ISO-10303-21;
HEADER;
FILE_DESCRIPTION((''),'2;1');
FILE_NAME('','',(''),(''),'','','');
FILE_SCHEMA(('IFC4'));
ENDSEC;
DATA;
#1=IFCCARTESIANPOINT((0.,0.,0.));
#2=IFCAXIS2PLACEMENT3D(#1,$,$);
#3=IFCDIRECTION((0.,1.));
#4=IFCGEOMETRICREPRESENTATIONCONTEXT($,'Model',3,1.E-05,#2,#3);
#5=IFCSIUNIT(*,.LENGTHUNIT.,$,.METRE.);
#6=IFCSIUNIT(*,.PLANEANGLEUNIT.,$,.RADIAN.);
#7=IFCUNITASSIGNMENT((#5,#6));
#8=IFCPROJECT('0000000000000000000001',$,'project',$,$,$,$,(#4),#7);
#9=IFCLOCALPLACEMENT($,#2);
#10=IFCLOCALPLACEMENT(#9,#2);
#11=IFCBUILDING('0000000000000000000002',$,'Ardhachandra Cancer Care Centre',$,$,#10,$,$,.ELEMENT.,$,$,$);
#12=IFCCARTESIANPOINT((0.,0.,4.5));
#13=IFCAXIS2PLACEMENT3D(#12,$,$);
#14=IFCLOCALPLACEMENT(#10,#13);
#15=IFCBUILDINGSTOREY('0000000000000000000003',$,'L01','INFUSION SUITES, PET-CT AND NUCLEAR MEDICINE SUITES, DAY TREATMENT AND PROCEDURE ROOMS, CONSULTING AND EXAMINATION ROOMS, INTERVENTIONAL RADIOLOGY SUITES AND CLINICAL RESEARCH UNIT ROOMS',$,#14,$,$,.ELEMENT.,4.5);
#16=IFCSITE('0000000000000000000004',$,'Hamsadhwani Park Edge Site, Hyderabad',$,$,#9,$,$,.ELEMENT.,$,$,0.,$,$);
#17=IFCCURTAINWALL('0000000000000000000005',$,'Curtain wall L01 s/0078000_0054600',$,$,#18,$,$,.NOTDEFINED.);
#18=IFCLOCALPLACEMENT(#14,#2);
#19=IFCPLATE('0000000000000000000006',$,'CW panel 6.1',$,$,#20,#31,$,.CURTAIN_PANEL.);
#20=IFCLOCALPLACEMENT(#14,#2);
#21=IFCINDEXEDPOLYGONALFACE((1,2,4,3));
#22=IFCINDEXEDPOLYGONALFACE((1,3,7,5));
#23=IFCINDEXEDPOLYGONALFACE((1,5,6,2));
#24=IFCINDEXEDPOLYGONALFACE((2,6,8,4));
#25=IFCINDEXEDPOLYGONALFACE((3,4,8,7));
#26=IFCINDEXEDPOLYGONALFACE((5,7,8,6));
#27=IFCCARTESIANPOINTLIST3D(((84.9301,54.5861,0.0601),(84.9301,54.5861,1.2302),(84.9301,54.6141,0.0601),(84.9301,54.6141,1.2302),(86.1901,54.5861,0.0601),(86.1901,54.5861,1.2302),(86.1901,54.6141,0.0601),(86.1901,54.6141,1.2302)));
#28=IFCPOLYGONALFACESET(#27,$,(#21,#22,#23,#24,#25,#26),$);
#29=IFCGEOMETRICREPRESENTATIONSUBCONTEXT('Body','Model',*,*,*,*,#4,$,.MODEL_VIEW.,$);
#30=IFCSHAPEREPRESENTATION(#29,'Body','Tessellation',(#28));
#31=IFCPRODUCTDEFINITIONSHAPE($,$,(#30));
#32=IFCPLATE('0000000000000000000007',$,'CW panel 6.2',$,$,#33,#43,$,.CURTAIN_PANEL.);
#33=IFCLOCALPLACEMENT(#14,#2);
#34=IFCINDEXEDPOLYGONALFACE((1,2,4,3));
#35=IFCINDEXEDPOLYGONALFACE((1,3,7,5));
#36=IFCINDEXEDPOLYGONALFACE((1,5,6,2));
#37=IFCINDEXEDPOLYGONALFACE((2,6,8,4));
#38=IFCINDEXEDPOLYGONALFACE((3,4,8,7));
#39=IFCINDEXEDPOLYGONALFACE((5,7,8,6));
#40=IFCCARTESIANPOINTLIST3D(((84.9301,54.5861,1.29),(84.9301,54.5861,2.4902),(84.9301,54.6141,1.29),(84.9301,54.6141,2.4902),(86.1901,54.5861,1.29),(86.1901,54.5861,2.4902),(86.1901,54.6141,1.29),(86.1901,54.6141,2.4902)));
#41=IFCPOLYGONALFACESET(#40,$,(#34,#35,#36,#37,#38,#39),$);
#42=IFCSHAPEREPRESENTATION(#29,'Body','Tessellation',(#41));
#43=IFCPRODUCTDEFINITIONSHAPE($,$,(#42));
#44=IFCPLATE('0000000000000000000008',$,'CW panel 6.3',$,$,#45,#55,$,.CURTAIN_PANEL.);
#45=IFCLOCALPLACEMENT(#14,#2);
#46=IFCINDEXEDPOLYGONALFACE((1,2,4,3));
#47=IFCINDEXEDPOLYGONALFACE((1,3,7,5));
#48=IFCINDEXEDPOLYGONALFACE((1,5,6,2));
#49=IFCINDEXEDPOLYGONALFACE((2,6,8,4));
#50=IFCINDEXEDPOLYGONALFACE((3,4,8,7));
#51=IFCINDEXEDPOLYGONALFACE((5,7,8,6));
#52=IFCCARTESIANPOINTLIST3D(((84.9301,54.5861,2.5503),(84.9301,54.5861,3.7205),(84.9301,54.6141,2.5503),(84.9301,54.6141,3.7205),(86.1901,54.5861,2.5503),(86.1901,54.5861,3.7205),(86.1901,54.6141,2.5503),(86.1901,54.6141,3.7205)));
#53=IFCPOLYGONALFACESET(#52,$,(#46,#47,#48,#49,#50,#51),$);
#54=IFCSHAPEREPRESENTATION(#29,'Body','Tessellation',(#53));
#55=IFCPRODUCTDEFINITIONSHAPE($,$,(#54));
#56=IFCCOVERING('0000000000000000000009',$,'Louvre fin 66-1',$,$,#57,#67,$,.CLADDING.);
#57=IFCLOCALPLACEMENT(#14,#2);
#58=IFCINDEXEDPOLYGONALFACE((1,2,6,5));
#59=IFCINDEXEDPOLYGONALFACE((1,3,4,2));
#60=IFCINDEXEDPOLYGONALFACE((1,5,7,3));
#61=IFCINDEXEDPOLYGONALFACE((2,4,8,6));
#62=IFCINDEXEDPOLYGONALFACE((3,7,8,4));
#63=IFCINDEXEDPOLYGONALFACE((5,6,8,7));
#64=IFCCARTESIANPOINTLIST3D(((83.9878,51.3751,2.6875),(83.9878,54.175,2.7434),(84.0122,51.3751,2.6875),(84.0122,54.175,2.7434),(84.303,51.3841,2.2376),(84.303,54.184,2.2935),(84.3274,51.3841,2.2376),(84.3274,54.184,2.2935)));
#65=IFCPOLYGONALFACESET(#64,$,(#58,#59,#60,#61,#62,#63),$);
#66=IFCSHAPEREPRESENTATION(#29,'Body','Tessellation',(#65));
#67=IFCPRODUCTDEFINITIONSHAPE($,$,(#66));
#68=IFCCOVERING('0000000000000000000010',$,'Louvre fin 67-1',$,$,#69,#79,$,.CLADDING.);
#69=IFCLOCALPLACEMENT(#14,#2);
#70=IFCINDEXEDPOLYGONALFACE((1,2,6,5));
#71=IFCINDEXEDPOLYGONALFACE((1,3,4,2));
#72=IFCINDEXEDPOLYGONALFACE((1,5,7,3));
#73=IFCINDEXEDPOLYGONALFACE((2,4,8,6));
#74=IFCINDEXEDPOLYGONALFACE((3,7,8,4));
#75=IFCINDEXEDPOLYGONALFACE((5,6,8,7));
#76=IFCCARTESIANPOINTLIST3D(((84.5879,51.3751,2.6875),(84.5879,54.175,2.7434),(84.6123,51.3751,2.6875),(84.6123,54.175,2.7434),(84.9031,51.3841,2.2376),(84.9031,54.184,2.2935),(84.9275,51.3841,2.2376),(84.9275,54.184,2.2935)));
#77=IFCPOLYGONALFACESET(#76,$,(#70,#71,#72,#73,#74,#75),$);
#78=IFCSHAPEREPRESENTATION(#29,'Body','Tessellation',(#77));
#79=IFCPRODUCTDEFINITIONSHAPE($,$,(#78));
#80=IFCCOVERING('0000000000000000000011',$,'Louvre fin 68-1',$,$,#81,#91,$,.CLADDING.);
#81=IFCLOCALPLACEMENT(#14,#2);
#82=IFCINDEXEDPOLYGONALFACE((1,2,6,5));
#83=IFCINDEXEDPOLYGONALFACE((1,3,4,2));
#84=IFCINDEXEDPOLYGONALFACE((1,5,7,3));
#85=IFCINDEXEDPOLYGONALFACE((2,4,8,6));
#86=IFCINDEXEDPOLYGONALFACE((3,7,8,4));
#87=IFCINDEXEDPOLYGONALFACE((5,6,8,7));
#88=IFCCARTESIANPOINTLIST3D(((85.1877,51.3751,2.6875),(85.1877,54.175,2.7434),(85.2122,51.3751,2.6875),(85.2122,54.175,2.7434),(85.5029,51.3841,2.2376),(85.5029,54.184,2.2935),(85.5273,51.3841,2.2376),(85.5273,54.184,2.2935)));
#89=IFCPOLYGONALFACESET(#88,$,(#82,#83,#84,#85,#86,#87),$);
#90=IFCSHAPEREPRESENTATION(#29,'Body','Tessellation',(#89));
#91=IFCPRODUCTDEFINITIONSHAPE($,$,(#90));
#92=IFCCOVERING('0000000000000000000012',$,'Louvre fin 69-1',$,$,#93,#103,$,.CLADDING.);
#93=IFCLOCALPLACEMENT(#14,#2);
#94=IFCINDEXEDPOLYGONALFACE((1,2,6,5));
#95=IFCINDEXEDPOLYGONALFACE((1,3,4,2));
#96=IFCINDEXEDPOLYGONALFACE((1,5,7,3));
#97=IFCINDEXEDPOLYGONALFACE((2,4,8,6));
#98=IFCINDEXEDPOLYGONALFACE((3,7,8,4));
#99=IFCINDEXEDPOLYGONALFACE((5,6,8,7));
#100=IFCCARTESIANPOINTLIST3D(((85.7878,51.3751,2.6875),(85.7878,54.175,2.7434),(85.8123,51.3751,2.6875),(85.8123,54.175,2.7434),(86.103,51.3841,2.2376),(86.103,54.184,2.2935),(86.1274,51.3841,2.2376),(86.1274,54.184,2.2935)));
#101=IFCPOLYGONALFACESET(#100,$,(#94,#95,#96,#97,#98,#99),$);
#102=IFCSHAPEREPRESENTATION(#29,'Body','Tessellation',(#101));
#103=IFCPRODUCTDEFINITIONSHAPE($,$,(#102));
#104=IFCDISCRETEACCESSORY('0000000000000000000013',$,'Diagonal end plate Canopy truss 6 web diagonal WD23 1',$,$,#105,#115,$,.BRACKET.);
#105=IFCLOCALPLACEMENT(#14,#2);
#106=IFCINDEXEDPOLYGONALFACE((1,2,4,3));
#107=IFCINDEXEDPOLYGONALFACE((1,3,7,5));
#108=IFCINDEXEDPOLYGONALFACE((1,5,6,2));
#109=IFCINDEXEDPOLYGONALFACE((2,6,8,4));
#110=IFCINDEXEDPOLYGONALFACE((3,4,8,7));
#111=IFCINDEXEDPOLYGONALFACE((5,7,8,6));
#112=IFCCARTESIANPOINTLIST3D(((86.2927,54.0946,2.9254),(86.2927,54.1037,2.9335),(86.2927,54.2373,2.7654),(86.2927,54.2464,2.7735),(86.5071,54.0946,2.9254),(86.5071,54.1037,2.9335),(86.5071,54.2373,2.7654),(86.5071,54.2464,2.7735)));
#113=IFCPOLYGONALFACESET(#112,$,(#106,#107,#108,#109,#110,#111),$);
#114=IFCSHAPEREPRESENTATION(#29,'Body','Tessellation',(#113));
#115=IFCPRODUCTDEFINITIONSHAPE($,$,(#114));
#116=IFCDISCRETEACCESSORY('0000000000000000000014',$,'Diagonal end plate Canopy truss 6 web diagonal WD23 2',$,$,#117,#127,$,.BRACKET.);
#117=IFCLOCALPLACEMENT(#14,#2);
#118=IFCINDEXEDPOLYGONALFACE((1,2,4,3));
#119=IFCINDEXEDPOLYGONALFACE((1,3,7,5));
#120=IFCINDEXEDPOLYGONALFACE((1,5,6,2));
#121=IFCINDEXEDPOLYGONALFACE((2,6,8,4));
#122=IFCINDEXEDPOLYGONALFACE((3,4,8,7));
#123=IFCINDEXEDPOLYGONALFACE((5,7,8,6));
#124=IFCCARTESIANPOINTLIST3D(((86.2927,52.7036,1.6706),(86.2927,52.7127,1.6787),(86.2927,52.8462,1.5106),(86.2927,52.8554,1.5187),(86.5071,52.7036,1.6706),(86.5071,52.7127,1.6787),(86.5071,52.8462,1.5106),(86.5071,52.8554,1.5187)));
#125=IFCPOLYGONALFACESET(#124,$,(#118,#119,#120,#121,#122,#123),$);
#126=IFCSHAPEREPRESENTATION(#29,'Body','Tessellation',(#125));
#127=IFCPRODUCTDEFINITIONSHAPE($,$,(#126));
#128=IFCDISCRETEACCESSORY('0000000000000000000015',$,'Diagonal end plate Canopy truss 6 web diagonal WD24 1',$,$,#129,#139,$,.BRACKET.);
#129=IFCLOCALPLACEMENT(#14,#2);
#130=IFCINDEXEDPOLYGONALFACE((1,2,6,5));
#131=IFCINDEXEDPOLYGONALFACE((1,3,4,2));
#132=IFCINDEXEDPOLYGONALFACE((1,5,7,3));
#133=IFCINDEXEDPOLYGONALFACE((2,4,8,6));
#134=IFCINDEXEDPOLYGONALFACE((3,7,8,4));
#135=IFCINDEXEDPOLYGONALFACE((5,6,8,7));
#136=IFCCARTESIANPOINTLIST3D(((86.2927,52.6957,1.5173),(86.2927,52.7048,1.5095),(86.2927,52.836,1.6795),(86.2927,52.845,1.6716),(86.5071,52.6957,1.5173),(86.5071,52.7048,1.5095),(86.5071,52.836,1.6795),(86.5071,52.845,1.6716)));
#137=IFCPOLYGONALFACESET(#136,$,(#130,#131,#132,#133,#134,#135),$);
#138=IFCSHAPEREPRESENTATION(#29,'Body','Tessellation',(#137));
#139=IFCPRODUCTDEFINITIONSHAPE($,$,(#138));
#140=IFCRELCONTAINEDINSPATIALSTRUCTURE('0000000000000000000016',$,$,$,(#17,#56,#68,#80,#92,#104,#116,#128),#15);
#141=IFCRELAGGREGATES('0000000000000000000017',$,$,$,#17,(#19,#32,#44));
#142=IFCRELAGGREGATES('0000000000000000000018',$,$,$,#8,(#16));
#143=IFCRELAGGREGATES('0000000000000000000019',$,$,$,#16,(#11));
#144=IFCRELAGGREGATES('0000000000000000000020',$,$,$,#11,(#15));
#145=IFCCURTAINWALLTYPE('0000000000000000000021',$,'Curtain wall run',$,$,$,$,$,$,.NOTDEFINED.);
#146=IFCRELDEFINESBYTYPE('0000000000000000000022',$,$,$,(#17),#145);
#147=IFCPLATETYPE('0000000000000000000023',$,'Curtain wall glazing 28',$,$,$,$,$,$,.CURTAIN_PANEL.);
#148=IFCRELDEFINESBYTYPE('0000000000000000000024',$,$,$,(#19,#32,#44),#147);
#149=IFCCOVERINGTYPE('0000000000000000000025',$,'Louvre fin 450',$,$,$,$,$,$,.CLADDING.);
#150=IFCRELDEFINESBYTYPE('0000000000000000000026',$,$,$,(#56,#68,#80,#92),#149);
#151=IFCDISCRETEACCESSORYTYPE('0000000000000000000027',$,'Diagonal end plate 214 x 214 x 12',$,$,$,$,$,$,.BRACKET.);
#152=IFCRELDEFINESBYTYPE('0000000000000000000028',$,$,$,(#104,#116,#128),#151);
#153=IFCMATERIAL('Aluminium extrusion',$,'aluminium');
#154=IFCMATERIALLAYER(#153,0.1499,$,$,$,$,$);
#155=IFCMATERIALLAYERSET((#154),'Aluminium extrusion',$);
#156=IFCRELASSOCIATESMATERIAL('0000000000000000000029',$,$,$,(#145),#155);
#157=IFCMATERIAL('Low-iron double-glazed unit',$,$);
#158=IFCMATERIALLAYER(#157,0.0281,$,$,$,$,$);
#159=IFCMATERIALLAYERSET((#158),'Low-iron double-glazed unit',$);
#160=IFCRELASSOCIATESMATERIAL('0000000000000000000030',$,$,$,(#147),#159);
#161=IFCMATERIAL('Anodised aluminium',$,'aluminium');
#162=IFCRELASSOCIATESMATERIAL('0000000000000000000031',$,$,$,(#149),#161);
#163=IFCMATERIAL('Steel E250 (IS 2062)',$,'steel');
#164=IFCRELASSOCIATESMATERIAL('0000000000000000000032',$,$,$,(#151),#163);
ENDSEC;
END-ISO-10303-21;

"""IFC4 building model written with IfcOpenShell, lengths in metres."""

from ifc_helpers import new_model, si_unit, direction, frame, origin, origin_2d, place, context, subcontext, project, spatial, polyline, rectangle, outline, extrude, material, layer, layer_set, material_profile, profile_set, type_object, element, aggregate, save


model = new_model("IFC4")

# Units and contexts
model_context = context("Model", 3, precision=1e-05, world=origin(), true_north=direction((0.0, 1.0)))
body_context = subcontext(model_context, "Body", "Model", "MODEL_VIEW")
ifc_project = project(units=[si_unit("LENGTHUNIT", "METRE"), si_unit("PLANEANGLEUNIT", "RADIAN")], contexts=[model_context])

# Site, building, storey
site_placement = place(None, origin())
site = spatial("IfcSite", under=ifc_project, at=site_placement, Name="Hamsadhwani Park Edge Site, Hyderabad", CompositionType="ELEMENT", RefElevation=0.0)
building_placement = place(site_placement, origin())
building = spatial("IfcBuilding", under=site, at=building_placement, Name="Ardhachandra Cancer Care Centre", CompositionType="ELEMENT")
storey_placement = place(building_placement, frame((0.0, 0.0, 4.5)))
storey = spatial("IfcBuildingStorey", under=building, at=storey_placement, Name="L01", Description="INFUSION SUITES, PET-CT AND NUCLEAR MEDICINE SUITES, DAY TREATMENT AND PROCEDURE ROOMS, CONSULTING AND EXAMINATION ROOMS, INTERVENTIONAL RADIOLOGY SUITES AND CLINICAL RESEARCH UNIT ROOMS", CompositionType="ELEMENT", Elevation=4.5)

# Curtain wall
ifc_material_1 = material(Name="Aluminium extrusion", Category="aluminium")
ifc_layer_1 = layer(ifc_material_1, 0.1499)
ifc_layer_set_1 = layer_set([ifc_layer_1], Name="Aluminium extrusion")
curtain_wall_type = type_object("IfcCurtainWallType", Name="Curtain wall run", PredefinedType="NOTDEFINED", material=ifc_layer_set_1)
curtain_wall_1_placement = place(storey_placement, origin())
curtain_wall_1 = element("IfcCurtainWall", 1, at=curtain_wall_1_placement, inside=storey, type_object=curtain_wall_type, Name="Curtain wall L01 s/0078000_0054600", PredefinedType="NOTDEFINED")

# Plates
ifc_material_2 = material(Name="Low-iron double-glazed unit")
ifc_layer_2 = layer(ifc_material_2, 0.0281)
ifc_layer_set_2 = layer_set([ifc_layer_2], Name="Low-iron double-glazed unit")
plate_type = type_object("IfcPlateType", Name="Curtain wall glazing 28", PredefinedType="CURTAIN_PANEL", material=ifc_layer_set_2)
plate_1_placement = place(storey_placement, frame((85.5601, 54.6001, 0.0601), z_axis=(0.0, 0.0, 1.0), x_axis=(1.0, 0.0, 0.0)))
plate_1 = element("IfcPlate", 2, at=plate_1_placement, type_object=plate_type, Name="CW panel 6.1", PredefinedType="CURTAIN_PANEL", context=body_context, shape_type="SweptSolid", body=[
    extrude(rectangle(XDim=1.26, YDim=0.0281, at=origin_2d()), origin(), (0.0, 0.0, 1.0), 1.1702),
])
plate_2_placement = place(storey_placement, frame((85.5601, 54.6001, 1.29), z_axis=(0.0, 0.0, 1.0), x_axis=(1.0, 0.0, 0.0)))
plate_2 = element("IfcPlate", 3, at=plate_2_placement, type_object=plate_type, Name="CW panel 6.2", PredefinedType="CURTAIN_PANEL", context=body_context, shape_type="SweptSolid", body=[
    extrude(rectangle(XDim=1.26, YDim=0.0281, at=origin_2d()), origin(), (0.0, 0.0, 1.0), 1.2002),
])
plate_3_placement = place(storey_placement, frame((85.5601, 54.6001, 2.5503), z_axis=(0.0, 0.0, 1.0), x_axis=(1.0, 0.0, 0.0)))
plate_3 = element("IfcPlate", 4, at=plate_3_placement, type_object=plate_type, Name="CW panel 6.3", PredefinedType="CURTAIN_PANEL", context=body_context, shape_type="SweptSolid", body=[
    extrude(rectangle(XDim=1.26, YDim=0.0281, at=origin_2d()), origin(), (0.0, 0.0, 1.0), 1.1702),
])
aggregate(curtain_wall_1, [plate_1, plate_2, plate_3])

# Coverings
ifc_material_3 = material(Name="Anodised aluminium", Category="aluminium")
ifc_material_profile_1 = material_profile(ifc_material_3, outline(polyline([(-0.0122, 0.0), (0.0122, 0.0), (0.3274, -0.45), (0.303, -0.45), (-0.0122, 0.0)])), Name="Louvre fin 450")
ifc_profile_set_1 = profile_set([ifc_material_profile_1], Name="Anodised aluminium")
covering_type = type_object("IfcCoveringType", Name="Louvre fin 450", PredefinedType="CLADDING", material=ifc_profile_set_1)
for number, where, z_axis, x_axis, name in (
    (5, (84.0, 54.175, 2.7434), (0.0, -0.999801, -0.019963), (1.0, 0.0, 0.0), "Louvre fin 66-1"),
    (6, (84.6001, 54.175, 2.7434), (0.0, -0.999801, -0.019963), (1.0, 0.0, 0.0), "Louvre fin 67-1"),
    (7, (85.2, 54.175, 2.7434), (0.0, -0.999801, -0.019963), (1.0, 0.0, 0.0), "Louvre fin 68-1"),
    (8, (85.8, 54.175, 2.7434), (0.0, -0.999801, -0.019963), (1.0, 0.0, 0.0), "Louvre fin 69-1"),
):
    element("IfcCovering", number, at=place(storey_placement, frame(where, z_axis=z_axis, x_axis=x_axis)), inside=storey, type_object=covering_type, Name=name, PredefinedType="CLADDING", context=body_context, shape_type="SweptSolid", body=[
        extrude(outline(polyline([(-0.0122, 0.0), (0.0122, 0.0), (0.3274, -0.45), (0.303, -0.45), (-0.0122, 0.0)])), origin(), (0.0, 0.0, 1.0), 2.8005),
    ])

# Discrete accessories
ifc_material_4 = material(Name="Steel E250 (IS 2062)", Category="steel")
ifc_material_profile_2 = material_profile(ifc_material_4, rectangle(XDim=0.2144, YDim=0.2144, at=origin_2d()), Name="PL 214x214x12")
ifc_profile_set_2 = profile_set([ifc_material_profile_2], Name="Steel E250 (IS 2062)")
discrete_accessory_type = type_object("IfcDiscreteAccessoryType", Name="Diagonal end plate 214 x 214 x 12", PredefinedType="BRACKET", material=ifc_profile_set_2)
for number, where, z_axis, x_axis, name in (
    (9, (86.3999, 54.175, 2.8535), (0.0, -0.746295, -0.665615), (1.0, 0.0, 0.0), "Diagonal end plate Canopy truss 6 web diagonal WD23 1"),
    (10, (86.3999, 52.7749, 1.5906), (0.0, 0.746295, 0.665615), (-1.0, 0.0, 0.0), "Diagonal end plate Canopy truss 6 web diagonal WD23 2"),
):
    element("IfcDiscreteAccessory", number, at=place(storey_placement, frame(where, z_axis=z_axis, x_axis=x_axis)), inside=storey, type_object=discrete_accessory_type, Name=name, PredefinedType="BRACKET", context=body_context, shape_type="SweptSolid", body=[
        extrude(rectangle(XDim=0.2144, YDim=0.2144, at=origin_2d()), origin(), (0.0, 0.0, 1.0), 0.0122),
    ])
discrete_accessory_placement = place(storey_placement, frame((86.3999, 52.7749, 1.5906), z_axis=(0.0, -0.756363, 0.654152), x_axis=(1.0, 0.0, 0.0)))
element("IfcDiscreteAccessory", 11, at=discrete_accessory_placement, inside=storey, type_object=discrete_accessory_type, Name="Diagonal end plate Canopy truss 6 web diagonal WD24 1", PredefinedType="BRACKET", context=body_context, shape_type="SweptSolid", body=[
    extrude(rectangle(XDim=0.2144, YDim=0.2144, at=origin_2d()), origin(), (0.0, 0.0, 1.0), 0.012),
])

save(model, "model.ifc")
